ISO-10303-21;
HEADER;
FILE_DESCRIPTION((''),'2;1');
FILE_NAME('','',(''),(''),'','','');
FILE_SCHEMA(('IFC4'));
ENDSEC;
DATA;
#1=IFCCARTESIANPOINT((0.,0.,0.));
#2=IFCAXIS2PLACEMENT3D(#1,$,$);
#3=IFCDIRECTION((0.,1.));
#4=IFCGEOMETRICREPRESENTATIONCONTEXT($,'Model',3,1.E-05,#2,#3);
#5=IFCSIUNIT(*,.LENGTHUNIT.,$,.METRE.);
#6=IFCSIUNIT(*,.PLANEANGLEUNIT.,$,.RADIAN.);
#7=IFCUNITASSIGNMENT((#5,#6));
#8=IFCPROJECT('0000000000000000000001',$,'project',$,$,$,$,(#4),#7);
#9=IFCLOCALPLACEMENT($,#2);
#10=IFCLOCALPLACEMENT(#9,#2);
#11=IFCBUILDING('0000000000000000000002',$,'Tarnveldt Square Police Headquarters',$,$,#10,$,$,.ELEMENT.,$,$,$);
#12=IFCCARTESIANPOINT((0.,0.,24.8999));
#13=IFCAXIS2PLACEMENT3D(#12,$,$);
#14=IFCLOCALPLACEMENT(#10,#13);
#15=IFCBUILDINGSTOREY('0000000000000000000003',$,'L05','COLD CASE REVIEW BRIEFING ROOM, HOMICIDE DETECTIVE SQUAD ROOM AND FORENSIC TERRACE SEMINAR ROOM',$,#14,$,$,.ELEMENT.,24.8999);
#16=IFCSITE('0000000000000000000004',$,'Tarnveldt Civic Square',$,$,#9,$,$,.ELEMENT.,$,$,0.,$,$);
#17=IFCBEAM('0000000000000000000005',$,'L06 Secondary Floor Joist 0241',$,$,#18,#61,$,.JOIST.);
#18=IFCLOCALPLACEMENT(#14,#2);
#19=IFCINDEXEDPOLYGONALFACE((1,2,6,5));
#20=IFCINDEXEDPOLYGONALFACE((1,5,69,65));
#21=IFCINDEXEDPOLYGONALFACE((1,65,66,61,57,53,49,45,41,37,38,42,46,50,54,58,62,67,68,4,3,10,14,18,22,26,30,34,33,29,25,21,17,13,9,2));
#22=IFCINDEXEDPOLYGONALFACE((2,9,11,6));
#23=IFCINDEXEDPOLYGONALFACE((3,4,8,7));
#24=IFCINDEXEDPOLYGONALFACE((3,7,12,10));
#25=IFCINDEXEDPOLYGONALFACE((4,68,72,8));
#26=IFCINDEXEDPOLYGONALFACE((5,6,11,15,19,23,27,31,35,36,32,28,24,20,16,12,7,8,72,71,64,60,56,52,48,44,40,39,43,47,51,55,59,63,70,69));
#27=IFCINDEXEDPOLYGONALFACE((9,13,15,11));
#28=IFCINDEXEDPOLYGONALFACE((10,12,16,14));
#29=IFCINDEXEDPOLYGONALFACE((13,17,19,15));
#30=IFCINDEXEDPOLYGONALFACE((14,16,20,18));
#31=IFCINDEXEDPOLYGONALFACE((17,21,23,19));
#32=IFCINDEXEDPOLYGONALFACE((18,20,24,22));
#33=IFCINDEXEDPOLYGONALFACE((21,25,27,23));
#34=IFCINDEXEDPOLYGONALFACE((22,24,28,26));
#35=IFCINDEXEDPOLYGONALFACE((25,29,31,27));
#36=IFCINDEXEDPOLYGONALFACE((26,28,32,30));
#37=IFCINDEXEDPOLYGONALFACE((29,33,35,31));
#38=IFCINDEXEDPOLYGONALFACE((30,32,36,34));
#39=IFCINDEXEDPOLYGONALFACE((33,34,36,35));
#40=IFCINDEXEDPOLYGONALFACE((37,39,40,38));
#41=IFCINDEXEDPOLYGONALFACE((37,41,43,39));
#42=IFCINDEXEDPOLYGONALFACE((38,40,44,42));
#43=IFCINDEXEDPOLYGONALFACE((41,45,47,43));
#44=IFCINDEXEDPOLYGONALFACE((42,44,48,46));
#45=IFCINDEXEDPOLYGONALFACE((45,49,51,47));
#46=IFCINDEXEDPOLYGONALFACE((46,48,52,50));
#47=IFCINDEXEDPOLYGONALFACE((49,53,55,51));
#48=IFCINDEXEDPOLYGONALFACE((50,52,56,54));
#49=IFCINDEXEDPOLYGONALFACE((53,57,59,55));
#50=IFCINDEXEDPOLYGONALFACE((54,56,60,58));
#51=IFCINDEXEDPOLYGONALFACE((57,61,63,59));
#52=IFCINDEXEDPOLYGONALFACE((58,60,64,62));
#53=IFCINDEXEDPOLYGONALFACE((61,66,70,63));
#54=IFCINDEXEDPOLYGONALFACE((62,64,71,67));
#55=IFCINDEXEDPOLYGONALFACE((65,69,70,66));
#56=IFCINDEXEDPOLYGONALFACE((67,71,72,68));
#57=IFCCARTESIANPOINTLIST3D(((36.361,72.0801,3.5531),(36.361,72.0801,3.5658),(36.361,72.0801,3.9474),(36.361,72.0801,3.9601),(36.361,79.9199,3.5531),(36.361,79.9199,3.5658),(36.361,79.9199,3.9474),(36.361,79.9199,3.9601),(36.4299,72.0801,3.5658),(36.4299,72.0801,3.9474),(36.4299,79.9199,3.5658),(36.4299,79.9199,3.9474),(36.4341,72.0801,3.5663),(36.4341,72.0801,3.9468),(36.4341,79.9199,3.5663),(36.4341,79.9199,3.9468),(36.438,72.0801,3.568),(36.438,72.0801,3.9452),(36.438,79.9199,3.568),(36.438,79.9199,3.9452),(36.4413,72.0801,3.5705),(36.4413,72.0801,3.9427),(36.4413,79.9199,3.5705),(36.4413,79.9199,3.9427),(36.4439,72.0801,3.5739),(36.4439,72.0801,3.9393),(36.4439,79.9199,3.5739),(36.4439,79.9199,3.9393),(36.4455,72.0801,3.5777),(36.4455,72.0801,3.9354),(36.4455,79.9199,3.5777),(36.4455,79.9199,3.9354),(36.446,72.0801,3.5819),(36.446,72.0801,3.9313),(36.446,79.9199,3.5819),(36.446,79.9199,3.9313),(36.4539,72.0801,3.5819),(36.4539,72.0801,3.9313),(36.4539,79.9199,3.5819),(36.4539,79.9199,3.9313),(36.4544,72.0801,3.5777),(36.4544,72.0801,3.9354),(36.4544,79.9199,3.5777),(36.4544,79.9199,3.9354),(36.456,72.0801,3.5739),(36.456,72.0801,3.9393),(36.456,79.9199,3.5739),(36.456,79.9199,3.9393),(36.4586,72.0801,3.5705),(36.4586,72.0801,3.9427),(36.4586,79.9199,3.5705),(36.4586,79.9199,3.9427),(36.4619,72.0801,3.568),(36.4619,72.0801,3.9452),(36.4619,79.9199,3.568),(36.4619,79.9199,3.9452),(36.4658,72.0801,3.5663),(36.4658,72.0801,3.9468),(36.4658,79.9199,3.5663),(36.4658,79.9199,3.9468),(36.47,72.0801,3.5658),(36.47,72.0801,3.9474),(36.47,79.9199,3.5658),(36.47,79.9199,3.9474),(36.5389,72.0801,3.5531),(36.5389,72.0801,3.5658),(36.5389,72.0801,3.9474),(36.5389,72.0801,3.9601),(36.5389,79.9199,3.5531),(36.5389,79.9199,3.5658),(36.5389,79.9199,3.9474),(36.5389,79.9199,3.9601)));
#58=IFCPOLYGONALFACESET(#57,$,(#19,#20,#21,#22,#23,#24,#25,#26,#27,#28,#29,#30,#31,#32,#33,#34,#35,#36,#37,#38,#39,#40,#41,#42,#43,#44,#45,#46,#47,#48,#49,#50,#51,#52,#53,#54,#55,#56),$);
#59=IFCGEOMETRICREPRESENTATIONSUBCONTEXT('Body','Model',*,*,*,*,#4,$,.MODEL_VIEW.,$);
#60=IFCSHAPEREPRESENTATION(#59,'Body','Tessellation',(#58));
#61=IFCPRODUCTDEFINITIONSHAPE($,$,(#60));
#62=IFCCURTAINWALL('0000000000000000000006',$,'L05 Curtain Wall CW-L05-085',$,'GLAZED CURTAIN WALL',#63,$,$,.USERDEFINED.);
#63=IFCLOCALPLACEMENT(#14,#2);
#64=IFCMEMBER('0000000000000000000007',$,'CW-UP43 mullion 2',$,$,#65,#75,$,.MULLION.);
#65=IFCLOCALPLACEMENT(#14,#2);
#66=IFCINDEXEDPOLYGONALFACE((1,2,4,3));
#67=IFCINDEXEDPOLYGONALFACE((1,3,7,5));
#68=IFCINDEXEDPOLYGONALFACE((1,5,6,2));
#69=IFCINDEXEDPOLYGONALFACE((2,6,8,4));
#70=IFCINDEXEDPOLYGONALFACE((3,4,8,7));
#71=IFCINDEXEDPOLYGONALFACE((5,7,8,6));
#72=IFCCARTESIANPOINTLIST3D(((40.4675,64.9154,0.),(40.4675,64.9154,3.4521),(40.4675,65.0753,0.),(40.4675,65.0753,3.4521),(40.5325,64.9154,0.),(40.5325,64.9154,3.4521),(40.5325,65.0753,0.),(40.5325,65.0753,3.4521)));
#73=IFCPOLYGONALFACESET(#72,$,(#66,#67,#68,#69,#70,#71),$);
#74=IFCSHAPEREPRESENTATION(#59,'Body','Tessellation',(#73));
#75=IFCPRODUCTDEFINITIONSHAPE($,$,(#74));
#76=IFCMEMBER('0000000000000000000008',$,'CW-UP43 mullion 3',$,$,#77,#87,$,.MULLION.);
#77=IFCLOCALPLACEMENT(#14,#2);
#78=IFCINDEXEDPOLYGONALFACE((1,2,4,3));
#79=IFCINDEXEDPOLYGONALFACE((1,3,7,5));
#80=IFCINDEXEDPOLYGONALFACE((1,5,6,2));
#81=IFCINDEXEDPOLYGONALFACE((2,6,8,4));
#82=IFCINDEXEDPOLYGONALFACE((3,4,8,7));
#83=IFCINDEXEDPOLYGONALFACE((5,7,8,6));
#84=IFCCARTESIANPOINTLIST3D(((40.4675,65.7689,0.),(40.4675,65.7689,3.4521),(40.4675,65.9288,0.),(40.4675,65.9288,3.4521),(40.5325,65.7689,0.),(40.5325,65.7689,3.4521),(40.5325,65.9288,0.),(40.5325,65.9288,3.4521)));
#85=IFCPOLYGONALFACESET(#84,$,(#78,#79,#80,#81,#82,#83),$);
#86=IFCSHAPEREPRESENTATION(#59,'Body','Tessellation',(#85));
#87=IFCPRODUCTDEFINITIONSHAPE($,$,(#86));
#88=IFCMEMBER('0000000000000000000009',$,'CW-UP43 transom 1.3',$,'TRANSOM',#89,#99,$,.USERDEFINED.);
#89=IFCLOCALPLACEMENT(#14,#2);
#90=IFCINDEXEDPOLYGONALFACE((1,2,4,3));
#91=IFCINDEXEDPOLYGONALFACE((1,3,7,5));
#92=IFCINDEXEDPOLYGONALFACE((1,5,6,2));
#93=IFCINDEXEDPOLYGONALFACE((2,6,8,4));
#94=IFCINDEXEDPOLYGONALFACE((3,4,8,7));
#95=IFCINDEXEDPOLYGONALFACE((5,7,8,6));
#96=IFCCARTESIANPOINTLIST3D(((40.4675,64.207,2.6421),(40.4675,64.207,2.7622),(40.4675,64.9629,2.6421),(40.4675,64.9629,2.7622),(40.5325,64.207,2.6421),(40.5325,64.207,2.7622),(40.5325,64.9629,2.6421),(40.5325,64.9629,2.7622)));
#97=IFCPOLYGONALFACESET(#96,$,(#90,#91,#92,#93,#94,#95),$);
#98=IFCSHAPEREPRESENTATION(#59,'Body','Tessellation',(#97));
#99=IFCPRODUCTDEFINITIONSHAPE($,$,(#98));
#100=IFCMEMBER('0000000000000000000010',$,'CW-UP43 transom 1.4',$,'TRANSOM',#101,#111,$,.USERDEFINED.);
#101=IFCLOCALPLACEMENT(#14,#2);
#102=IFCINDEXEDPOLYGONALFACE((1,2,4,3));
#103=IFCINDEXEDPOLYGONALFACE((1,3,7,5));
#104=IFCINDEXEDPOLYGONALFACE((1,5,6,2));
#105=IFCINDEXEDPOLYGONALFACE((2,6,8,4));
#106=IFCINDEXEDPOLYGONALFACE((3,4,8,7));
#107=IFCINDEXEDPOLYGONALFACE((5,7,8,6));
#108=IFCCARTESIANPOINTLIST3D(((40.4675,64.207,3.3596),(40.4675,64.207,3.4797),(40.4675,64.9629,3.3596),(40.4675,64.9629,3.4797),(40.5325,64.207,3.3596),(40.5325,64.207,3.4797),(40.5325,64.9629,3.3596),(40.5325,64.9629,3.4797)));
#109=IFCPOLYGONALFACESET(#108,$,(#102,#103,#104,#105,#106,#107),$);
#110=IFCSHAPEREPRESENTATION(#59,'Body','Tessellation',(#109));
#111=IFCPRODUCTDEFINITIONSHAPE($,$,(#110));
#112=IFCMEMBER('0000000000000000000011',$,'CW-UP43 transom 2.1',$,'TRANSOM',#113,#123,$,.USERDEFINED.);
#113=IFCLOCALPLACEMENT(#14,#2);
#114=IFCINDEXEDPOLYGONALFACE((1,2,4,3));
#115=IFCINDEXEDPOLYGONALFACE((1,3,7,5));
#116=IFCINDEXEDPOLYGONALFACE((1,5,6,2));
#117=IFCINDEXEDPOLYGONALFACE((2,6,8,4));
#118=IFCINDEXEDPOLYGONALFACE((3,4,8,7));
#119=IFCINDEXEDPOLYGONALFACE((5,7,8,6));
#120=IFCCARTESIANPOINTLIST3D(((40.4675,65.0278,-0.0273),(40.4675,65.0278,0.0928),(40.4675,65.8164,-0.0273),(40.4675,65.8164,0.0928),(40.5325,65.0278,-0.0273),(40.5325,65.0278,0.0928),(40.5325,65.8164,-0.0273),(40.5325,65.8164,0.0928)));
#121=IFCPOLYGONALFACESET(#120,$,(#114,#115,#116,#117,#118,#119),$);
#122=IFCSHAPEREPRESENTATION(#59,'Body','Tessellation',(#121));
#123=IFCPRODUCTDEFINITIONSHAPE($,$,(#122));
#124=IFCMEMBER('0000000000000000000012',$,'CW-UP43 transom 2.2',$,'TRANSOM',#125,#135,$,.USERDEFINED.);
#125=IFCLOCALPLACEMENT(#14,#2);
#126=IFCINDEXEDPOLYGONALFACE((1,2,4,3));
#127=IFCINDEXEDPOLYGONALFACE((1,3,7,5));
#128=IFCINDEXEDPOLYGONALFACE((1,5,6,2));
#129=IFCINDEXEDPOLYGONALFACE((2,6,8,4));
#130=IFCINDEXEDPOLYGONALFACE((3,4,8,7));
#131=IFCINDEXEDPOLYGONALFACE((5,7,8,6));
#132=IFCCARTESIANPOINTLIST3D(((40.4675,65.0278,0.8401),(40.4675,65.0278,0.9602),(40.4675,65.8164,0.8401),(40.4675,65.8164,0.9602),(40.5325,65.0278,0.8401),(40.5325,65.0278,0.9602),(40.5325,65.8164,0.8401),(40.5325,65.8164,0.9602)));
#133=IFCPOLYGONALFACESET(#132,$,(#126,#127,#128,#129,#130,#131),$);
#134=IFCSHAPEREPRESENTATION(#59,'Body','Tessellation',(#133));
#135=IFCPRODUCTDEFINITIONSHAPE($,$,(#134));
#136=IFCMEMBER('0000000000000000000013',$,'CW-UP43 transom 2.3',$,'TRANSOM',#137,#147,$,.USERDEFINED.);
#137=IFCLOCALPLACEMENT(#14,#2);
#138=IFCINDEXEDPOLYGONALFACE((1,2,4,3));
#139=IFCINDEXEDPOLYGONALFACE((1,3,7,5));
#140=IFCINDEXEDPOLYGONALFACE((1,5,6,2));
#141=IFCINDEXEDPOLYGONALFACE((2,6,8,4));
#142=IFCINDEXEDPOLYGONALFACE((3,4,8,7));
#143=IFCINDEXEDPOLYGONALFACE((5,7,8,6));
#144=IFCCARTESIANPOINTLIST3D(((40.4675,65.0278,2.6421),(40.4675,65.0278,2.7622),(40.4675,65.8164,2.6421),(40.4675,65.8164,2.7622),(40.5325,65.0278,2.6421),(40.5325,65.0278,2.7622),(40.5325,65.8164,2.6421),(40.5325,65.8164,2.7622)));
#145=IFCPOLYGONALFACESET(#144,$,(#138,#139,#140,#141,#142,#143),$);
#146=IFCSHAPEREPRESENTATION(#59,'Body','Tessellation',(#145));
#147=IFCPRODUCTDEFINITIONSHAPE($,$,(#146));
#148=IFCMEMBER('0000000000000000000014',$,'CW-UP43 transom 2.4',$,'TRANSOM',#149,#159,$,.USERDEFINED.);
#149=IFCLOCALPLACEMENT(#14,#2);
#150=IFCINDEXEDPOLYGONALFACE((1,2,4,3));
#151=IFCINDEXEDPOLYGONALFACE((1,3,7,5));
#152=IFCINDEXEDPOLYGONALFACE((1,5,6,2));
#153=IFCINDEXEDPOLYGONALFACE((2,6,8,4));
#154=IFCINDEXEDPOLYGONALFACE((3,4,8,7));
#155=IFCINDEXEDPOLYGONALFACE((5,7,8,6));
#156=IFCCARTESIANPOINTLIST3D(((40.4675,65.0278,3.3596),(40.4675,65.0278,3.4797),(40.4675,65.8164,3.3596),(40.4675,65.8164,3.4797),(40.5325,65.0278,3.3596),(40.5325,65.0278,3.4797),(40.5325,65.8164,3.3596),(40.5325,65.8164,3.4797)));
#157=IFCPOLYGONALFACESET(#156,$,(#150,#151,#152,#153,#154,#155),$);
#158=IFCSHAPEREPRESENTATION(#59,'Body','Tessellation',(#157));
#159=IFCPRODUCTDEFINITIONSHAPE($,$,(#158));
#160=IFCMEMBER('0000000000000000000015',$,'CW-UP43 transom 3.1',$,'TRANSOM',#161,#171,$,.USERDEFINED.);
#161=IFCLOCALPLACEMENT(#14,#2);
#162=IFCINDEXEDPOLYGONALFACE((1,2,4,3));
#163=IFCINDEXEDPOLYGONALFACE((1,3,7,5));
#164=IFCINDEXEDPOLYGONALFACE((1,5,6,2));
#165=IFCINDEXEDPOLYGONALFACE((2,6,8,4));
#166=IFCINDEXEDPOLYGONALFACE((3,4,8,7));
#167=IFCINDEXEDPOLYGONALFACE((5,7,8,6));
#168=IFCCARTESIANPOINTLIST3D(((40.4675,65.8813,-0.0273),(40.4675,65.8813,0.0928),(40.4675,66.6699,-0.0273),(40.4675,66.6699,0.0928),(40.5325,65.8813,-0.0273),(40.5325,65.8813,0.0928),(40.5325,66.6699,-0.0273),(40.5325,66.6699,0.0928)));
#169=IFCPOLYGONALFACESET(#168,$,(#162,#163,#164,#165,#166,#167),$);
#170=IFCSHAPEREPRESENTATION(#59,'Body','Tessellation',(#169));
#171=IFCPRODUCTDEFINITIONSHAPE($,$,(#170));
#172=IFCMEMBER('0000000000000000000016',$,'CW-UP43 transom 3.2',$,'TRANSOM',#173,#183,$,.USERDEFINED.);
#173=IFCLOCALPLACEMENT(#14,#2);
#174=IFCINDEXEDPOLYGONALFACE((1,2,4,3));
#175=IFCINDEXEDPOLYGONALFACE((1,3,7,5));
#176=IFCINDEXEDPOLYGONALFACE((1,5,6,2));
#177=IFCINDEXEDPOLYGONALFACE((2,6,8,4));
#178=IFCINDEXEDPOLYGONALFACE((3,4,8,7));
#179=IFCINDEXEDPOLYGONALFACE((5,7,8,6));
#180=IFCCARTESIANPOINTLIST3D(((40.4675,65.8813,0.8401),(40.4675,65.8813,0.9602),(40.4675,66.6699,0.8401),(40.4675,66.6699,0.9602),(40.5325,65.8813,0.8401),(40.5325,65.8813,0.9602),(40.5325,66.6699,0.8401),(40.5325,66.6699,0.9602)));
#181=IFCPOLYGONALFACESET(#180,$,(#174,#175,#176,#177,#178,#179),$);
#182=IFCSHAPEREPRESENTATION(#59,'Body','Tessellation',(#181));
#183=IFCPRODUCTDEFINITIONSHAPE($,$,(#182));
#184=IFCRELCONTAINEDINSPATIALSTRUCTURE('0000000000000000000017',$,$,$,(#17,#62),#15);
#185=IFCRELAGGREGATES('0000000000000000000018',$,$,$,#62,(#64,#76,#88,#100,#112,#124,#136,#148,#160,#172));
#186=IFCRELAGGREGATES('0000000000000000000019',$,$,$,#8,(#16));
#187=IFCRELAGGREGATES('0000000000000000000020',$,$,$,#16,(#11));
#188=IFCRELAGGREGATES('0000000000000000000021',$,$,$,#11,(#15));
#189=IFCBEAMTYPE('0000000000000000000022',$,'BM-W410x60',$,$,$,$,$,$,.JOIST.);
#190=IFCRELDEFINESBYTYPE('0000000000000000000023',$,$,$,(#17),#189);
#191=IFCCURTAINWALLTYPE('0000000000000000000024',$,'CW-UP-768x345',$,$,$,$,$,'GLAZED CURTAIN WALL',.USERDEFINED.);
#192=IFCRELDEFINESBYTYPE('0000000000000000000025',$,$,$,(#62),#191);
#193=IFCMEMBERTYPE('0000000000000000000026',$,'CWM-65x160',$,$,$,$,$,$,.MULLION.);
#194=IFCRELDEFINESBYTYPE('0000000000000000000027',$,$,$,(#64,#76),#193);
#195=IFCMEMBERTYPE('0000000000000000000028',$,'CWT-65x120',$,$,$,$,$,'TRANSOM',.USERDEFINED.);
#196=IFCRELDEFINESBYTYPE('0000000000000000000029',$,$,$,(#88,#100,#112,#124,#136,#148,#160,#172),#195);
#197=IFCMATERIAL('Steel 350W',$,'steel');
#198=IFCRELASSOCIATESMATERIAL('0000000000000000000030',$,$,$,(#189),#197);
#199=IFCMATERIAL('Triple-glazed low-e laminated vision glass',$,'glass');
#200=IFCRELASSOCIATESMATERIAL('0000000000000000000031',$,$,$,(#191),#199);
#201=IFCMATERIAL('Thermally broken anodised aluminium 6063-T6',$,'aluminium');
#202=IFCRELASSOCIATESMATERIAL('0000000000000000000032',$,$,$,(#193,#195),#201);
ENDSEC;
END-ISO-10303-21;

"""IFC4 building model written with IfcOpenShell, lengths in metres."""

from ifc_helpers import new_model, si_unit, direction, frame, origin, origin_2d, place, context, subcontext, project, spatial, rectangle, i_section, extrude, material, material_profile, profile_set, type_object, element, aggregate, save


model = new_model("IFC4")

# Units and contexts
model_context = context("Model", 3, precision=1e-05, world=origin(), true_north=direction((0.0, 1.0)))
body_context = subcontext(model_context, "Body", "Model", "MODEL_VIEW")
ifc_project = project(units=[si_unit("LENGTHUNIT", "METRE"), si_unit("PLANEANGLEUNIT", "RADIAN")], contexts=[model_context])

# Site, building, storey
site_placement = place(None, origin())
site = spatial("IfcSite", under=ifc_project, at=site_placement, Name="Tarnveldt Civic Square", CompositionType="ELEMENT", RefElevation=0.0)
building_placement = place(site_placement, origin())
building = spatial("IfcBuilding", under=site, at=building_placement, Name="Tarnveldt Square Police Headquarters", CompositionType="ELEMENT")
storey_placement = place(building_placement, frame((0.0, 0.0, 24.8999)))
storey = spatial("IfcBuildingStorey", under=building, at=storey_placement, Name="L05", Description="COLD CASE REVIEW BRIEFING ROOM, HOMICIDE DETECTIVE SQUAD ROOM AND FORENSIC TERRACE SEMINAR ROOM", CompositionType="ELEMENT", Elevation=24.8999)

# Beam
ifc_material_1 = material(Name="Steel 350W", Category="steel")
ifc_material_profile_1 = material_profile(ifc_material_1, i_section(OverallWidth=0.178, OverallDepth=0.407, WebThickness=0.0078, FlangeThickness=0.0127, FilletRadius=0.0161, at=origin_2d()), Name="W410x60")
ifc_profile_set_1 = profile_set([ifc_material_profile_1], Name="Steel 350W")
beam_type = type_object("IfcBeamType", Name="BM-W410x60", PredefinedType="JOIST", material=ifc_profile_set_1)
beam_placement = place(storey_placement, frame((36.45, 72.0801, 3.7566), z_axis=(0.0, 1.0, 0.0), x_axis=(-1.0, 0.0, 0.0)))
element("IfcBeam", 1, at=beam_placement, inside=storey, type_object=beam_type, Name="L06 Secondary Floor Joist 0241", PredefinedType="JOIST", context=body_context, shape_type="SweptSolid", body=[
    extrude(i_section(OverallWidth=0.178, OverallDepth=0.407, WebThickness=0.0078, FlangeThickness=0.0127, FilletRadius=0.0161, at=origin_2d()), origin(), (0.0, 0.0, 1.0), 7.8398),
])

# Curtain wall, members
ifc_material_2 = material(Name="Triple-glazed low-e laminated vision glass", Category="glass")
curtain_wall_type = type_object("IfcCurtainWallType", Name="CW-UP-768x345", ElementType="GLAZED CURTAIN WALL", PredefinedType="USERDEFINED", material=ifc_material_2)
curtain_wall_placement = place(storey_placement, origin())
curtain_wall = element("IfcCurtainWall", 2, at=curtain_wall_placement, inside=storey, type_object=curtain_wall_type, Name="L05 Curtain Wall CW-L05-085", ObjectType="GLAZED CURTAIN WALL", PredefinedType="USERDEFINED")
ifc_material_3 = material(Name="Thermally broken anodised aluminium 6063-T6", Category="aluminium")
ifc_material_profile_2 = material_profile(ifc_material_3, rectangle(XDim=0.0649, YDim=0.1599, at=origin_2d()), Name="CW-M65x160")
ifc_profile_set_2 = profile_set([ifc_material_profile_2], Name="Thermally broken anodised aluminium 6063-T6")
member_type_1 = type_object("IfcMemberType", Name="CWM-65x160", PredefinedType="MULLION", material=ifc_profile_set_2)
member_1_placement = place(storey_placement, frame((40.5, 64.9954, 0.0), z_axis=(0.0, 0.0, 1.0), x_axis=(-1.0, 0.0, 0.0)))
member_1 = element("IfcMember", 3, at=member_1_placement, type_object=member_type_1, Name="CW-UP43 mullion 2", PredefinedType="MULLION", context=body_context, shape_type="SweptSolid", body=[
    extrude(rectangle(XDim=0.0649, YDim=0.1599, at=origin_2d()), origin(), (0.0, 0.0, 1.0), 3.4521),
])
member_2_placement = place(storey_placement, frame((40.5, 65.8489, 0.0), z_axis=(0.0, 0.0, 1.0), x_axis=(-1.0, 0.0, 0.0)))
member_2 = element("IfcMember", 4, at=member_2_placement, type_object=member_type_1, Name="CW-UP43 mullion 3", PredefinedType="MULLION", context=body_context, shape_type="SweptSolid", body=[
    extrude(rectangle(XDim=0.0649, YDim=0.1599, at=origin_2d()), origin(), (0.0, 0.0, 1.0), 3.4521),
])
ifc_material_profile_3 = material_profile(ifc_material_3, rectangle(XDim=0.0649, YDim=0.1201, at=origin_2d()), Name="CW-T65x120")
ifc_profile_set_3 = profile_set([ifc_material_profile_3], Name="Thermally broken anodised aluminium 6063-T6")
member_type_2 = type_object("IfcMemberType", Name="CWT-65x120", ElementType="TRANSOM", PredefinedType="USERDEFINED", material=ifc_profile_set_3)
member_3_placement = place(storey_placement, frame((40.5, 64.207, 2.7021), z_axis=(0.0, 1.0, 0.0), x_axis=(-1.0, 0.0, 0.0)))
member_3 = element("IfcMember", 5, at=member_3_placement, type_object=member_type_2, Name="CW-UP43 transom 1.3", ObjectType="TRANSOM", PredefinedType="USERDEFINED", context=body_context, shape_type="SweptSolid", body=[
    extrude(rectangle(XDim=0.0649, YDim=0.1201, at=origin_2d()), origin(), (0.0, 0.0, 1.0), 0.7559),
])
member_4_placement = place(storey_placement, frame((40.5, 64.207, 3.4197), z_axis=(0.0, 1.0, 0.0), x_axis=(-1.0, 0.0, 0.0)))
member_4 = element("IfcMember", 6, at=member_4_placement, type_object=member_type_2, Name="CW-UP43 transom 1.4", ObjectType="TRANSOM", PredefinedType="USERDEFINED", context=body_context, shape_type="SweptSolid", body=[
    extrude(rectangle(XDim=0.0649, YDim=0.1201, at=origin_2d()), origin(), (0.0, 0.0, 1.0), 0.7559),
])
member_5_placement = place(storey_placement, frame((40.5, 65.0278, 0.0327), z_axis=(0.0, 1.0, 0.0), x_axis=(-1.0, 0.0, 0.0)))
member_5 = element("IfcMember", 7, at=member_5_placement, type_object=member_type_2, Name="CW-UP43 transom 2.1", ObjectType="TRANSOM", PredefinedType="USERDEFINED", context=body_context, shape_type="SweptSolid", body=[
    extrude(rectangle(XDim=0.0649, YDim=0.1201, at=origin_2d()), origin(), (0.0, 0.0, 1.0), 0.7886),
])
member_6_placement = place(storey_placement, frame((40.5, 65.0278, 0.9001), z_axis=(0.0, 1.0, 0.0), x_axis=(-1.0, 0.0, 0.0)))
member_6 = element("IfcMember", 8, at=member_6_placement, type_object=member_type_2, Name="CW-UP43 transom 2.2", ObjectType="TRANSOM", PredefinedType="USERDEFINED", context=body_context, shape_type="SweptSolid", body=[
    extrude(rectangle(XDim=0.0649, YDim=0.1201, at=origin_2d()), origin(), (0.0, 0.0, 1.0), 0.7886),
])
member_7_placement = place(storey_placement, frame((40.5, 65.0278, 2.7021), z_axis=(0.0, 1.0, 0.0), x_axis=(-1.0, 0.0, 0.0)))
member_7 = element("IfcMember", 9, at=member_7_placement, type_object=member_type_2, Name="CW-UP43 transom 2.3", ObjectType="TRANSOM", PredefinedType="USERDEFINED", context=body_context, shape_type="SweptSolid", body=[
    extrude(rectangle(XDim=0.0649, YDim=0.1201, at=origin_2d()), origin(), (0.0, 0.0, 1.0), 0.7886),
])
member_8_placement = place(storey_placement, frame((40.5, 65.0278, 3.4197), z_axis=(0.0, 1.0, 0.0), x_axis=(-1.0, 0.0, 0.0)))
member_8 = element("IfcMember", 10, at=member_8_placement, type_object=member_type_2, Name="CW-UP43 transom 2.4", ObjectType="TRANSOM", PredefinedType="USERDEFINED", context=body_context, shape_type="SweptSolid", body=[
    extrude(rectangle(XDim=0.0649, YDim=0.1201, at=origin_2d()), origin(), (0.0, 0.0, 1.0), 0.7886),
])
member_9_placement = place(storey_placement, frame((40.5, 65.8813, 0.0327), z_axis=(0.0, 1.0, 0.0), x_axis=(-1.0, 0.0, 0.0)))
member_9 = element("IfcMember", 11, at=member_9_placement, type_object=member_type_2, Name="CW-UP43 transom 3.1", ObjectType="TRANSOM", PredefinedType="USERDEFINED", context=body_context, shape_type="SweptSolid", body=[
    extrude(rectangle(XDim=0.0649, YDim=0.1201, at=origin_2d()), origin(), (0.0, 0.0, 1.0), 0.7886),
])
member_10_placement = place(storey_placement, frame((40.5, 65.8813, 0.9001), z_axis=(0.0, 1.0, 0.0), x_axis=(-1.0, 0.0, 0.0)))
member_10 = element("IfcMember", 12, at=member_10_placement, type_object=member_type_2, Name="CW-UP43 transom 3.2", ObjectType="TRANSOM", PredefinedType="USERDEFINED", context=body_context, shape_type="SweptSolid", body=[
    extrude(rectangle(XDim=0.0649, YDim=0.1201, at=origin_2d()), origin(), (0.0, 0.0, 1.0), 0.7886),
])
aggregate(curtain_wall, [member_1, member_2, member_3, member_4, member_5, member_6, member_7, member_8, member_9, member_10])

save(model, "model.ifc")
